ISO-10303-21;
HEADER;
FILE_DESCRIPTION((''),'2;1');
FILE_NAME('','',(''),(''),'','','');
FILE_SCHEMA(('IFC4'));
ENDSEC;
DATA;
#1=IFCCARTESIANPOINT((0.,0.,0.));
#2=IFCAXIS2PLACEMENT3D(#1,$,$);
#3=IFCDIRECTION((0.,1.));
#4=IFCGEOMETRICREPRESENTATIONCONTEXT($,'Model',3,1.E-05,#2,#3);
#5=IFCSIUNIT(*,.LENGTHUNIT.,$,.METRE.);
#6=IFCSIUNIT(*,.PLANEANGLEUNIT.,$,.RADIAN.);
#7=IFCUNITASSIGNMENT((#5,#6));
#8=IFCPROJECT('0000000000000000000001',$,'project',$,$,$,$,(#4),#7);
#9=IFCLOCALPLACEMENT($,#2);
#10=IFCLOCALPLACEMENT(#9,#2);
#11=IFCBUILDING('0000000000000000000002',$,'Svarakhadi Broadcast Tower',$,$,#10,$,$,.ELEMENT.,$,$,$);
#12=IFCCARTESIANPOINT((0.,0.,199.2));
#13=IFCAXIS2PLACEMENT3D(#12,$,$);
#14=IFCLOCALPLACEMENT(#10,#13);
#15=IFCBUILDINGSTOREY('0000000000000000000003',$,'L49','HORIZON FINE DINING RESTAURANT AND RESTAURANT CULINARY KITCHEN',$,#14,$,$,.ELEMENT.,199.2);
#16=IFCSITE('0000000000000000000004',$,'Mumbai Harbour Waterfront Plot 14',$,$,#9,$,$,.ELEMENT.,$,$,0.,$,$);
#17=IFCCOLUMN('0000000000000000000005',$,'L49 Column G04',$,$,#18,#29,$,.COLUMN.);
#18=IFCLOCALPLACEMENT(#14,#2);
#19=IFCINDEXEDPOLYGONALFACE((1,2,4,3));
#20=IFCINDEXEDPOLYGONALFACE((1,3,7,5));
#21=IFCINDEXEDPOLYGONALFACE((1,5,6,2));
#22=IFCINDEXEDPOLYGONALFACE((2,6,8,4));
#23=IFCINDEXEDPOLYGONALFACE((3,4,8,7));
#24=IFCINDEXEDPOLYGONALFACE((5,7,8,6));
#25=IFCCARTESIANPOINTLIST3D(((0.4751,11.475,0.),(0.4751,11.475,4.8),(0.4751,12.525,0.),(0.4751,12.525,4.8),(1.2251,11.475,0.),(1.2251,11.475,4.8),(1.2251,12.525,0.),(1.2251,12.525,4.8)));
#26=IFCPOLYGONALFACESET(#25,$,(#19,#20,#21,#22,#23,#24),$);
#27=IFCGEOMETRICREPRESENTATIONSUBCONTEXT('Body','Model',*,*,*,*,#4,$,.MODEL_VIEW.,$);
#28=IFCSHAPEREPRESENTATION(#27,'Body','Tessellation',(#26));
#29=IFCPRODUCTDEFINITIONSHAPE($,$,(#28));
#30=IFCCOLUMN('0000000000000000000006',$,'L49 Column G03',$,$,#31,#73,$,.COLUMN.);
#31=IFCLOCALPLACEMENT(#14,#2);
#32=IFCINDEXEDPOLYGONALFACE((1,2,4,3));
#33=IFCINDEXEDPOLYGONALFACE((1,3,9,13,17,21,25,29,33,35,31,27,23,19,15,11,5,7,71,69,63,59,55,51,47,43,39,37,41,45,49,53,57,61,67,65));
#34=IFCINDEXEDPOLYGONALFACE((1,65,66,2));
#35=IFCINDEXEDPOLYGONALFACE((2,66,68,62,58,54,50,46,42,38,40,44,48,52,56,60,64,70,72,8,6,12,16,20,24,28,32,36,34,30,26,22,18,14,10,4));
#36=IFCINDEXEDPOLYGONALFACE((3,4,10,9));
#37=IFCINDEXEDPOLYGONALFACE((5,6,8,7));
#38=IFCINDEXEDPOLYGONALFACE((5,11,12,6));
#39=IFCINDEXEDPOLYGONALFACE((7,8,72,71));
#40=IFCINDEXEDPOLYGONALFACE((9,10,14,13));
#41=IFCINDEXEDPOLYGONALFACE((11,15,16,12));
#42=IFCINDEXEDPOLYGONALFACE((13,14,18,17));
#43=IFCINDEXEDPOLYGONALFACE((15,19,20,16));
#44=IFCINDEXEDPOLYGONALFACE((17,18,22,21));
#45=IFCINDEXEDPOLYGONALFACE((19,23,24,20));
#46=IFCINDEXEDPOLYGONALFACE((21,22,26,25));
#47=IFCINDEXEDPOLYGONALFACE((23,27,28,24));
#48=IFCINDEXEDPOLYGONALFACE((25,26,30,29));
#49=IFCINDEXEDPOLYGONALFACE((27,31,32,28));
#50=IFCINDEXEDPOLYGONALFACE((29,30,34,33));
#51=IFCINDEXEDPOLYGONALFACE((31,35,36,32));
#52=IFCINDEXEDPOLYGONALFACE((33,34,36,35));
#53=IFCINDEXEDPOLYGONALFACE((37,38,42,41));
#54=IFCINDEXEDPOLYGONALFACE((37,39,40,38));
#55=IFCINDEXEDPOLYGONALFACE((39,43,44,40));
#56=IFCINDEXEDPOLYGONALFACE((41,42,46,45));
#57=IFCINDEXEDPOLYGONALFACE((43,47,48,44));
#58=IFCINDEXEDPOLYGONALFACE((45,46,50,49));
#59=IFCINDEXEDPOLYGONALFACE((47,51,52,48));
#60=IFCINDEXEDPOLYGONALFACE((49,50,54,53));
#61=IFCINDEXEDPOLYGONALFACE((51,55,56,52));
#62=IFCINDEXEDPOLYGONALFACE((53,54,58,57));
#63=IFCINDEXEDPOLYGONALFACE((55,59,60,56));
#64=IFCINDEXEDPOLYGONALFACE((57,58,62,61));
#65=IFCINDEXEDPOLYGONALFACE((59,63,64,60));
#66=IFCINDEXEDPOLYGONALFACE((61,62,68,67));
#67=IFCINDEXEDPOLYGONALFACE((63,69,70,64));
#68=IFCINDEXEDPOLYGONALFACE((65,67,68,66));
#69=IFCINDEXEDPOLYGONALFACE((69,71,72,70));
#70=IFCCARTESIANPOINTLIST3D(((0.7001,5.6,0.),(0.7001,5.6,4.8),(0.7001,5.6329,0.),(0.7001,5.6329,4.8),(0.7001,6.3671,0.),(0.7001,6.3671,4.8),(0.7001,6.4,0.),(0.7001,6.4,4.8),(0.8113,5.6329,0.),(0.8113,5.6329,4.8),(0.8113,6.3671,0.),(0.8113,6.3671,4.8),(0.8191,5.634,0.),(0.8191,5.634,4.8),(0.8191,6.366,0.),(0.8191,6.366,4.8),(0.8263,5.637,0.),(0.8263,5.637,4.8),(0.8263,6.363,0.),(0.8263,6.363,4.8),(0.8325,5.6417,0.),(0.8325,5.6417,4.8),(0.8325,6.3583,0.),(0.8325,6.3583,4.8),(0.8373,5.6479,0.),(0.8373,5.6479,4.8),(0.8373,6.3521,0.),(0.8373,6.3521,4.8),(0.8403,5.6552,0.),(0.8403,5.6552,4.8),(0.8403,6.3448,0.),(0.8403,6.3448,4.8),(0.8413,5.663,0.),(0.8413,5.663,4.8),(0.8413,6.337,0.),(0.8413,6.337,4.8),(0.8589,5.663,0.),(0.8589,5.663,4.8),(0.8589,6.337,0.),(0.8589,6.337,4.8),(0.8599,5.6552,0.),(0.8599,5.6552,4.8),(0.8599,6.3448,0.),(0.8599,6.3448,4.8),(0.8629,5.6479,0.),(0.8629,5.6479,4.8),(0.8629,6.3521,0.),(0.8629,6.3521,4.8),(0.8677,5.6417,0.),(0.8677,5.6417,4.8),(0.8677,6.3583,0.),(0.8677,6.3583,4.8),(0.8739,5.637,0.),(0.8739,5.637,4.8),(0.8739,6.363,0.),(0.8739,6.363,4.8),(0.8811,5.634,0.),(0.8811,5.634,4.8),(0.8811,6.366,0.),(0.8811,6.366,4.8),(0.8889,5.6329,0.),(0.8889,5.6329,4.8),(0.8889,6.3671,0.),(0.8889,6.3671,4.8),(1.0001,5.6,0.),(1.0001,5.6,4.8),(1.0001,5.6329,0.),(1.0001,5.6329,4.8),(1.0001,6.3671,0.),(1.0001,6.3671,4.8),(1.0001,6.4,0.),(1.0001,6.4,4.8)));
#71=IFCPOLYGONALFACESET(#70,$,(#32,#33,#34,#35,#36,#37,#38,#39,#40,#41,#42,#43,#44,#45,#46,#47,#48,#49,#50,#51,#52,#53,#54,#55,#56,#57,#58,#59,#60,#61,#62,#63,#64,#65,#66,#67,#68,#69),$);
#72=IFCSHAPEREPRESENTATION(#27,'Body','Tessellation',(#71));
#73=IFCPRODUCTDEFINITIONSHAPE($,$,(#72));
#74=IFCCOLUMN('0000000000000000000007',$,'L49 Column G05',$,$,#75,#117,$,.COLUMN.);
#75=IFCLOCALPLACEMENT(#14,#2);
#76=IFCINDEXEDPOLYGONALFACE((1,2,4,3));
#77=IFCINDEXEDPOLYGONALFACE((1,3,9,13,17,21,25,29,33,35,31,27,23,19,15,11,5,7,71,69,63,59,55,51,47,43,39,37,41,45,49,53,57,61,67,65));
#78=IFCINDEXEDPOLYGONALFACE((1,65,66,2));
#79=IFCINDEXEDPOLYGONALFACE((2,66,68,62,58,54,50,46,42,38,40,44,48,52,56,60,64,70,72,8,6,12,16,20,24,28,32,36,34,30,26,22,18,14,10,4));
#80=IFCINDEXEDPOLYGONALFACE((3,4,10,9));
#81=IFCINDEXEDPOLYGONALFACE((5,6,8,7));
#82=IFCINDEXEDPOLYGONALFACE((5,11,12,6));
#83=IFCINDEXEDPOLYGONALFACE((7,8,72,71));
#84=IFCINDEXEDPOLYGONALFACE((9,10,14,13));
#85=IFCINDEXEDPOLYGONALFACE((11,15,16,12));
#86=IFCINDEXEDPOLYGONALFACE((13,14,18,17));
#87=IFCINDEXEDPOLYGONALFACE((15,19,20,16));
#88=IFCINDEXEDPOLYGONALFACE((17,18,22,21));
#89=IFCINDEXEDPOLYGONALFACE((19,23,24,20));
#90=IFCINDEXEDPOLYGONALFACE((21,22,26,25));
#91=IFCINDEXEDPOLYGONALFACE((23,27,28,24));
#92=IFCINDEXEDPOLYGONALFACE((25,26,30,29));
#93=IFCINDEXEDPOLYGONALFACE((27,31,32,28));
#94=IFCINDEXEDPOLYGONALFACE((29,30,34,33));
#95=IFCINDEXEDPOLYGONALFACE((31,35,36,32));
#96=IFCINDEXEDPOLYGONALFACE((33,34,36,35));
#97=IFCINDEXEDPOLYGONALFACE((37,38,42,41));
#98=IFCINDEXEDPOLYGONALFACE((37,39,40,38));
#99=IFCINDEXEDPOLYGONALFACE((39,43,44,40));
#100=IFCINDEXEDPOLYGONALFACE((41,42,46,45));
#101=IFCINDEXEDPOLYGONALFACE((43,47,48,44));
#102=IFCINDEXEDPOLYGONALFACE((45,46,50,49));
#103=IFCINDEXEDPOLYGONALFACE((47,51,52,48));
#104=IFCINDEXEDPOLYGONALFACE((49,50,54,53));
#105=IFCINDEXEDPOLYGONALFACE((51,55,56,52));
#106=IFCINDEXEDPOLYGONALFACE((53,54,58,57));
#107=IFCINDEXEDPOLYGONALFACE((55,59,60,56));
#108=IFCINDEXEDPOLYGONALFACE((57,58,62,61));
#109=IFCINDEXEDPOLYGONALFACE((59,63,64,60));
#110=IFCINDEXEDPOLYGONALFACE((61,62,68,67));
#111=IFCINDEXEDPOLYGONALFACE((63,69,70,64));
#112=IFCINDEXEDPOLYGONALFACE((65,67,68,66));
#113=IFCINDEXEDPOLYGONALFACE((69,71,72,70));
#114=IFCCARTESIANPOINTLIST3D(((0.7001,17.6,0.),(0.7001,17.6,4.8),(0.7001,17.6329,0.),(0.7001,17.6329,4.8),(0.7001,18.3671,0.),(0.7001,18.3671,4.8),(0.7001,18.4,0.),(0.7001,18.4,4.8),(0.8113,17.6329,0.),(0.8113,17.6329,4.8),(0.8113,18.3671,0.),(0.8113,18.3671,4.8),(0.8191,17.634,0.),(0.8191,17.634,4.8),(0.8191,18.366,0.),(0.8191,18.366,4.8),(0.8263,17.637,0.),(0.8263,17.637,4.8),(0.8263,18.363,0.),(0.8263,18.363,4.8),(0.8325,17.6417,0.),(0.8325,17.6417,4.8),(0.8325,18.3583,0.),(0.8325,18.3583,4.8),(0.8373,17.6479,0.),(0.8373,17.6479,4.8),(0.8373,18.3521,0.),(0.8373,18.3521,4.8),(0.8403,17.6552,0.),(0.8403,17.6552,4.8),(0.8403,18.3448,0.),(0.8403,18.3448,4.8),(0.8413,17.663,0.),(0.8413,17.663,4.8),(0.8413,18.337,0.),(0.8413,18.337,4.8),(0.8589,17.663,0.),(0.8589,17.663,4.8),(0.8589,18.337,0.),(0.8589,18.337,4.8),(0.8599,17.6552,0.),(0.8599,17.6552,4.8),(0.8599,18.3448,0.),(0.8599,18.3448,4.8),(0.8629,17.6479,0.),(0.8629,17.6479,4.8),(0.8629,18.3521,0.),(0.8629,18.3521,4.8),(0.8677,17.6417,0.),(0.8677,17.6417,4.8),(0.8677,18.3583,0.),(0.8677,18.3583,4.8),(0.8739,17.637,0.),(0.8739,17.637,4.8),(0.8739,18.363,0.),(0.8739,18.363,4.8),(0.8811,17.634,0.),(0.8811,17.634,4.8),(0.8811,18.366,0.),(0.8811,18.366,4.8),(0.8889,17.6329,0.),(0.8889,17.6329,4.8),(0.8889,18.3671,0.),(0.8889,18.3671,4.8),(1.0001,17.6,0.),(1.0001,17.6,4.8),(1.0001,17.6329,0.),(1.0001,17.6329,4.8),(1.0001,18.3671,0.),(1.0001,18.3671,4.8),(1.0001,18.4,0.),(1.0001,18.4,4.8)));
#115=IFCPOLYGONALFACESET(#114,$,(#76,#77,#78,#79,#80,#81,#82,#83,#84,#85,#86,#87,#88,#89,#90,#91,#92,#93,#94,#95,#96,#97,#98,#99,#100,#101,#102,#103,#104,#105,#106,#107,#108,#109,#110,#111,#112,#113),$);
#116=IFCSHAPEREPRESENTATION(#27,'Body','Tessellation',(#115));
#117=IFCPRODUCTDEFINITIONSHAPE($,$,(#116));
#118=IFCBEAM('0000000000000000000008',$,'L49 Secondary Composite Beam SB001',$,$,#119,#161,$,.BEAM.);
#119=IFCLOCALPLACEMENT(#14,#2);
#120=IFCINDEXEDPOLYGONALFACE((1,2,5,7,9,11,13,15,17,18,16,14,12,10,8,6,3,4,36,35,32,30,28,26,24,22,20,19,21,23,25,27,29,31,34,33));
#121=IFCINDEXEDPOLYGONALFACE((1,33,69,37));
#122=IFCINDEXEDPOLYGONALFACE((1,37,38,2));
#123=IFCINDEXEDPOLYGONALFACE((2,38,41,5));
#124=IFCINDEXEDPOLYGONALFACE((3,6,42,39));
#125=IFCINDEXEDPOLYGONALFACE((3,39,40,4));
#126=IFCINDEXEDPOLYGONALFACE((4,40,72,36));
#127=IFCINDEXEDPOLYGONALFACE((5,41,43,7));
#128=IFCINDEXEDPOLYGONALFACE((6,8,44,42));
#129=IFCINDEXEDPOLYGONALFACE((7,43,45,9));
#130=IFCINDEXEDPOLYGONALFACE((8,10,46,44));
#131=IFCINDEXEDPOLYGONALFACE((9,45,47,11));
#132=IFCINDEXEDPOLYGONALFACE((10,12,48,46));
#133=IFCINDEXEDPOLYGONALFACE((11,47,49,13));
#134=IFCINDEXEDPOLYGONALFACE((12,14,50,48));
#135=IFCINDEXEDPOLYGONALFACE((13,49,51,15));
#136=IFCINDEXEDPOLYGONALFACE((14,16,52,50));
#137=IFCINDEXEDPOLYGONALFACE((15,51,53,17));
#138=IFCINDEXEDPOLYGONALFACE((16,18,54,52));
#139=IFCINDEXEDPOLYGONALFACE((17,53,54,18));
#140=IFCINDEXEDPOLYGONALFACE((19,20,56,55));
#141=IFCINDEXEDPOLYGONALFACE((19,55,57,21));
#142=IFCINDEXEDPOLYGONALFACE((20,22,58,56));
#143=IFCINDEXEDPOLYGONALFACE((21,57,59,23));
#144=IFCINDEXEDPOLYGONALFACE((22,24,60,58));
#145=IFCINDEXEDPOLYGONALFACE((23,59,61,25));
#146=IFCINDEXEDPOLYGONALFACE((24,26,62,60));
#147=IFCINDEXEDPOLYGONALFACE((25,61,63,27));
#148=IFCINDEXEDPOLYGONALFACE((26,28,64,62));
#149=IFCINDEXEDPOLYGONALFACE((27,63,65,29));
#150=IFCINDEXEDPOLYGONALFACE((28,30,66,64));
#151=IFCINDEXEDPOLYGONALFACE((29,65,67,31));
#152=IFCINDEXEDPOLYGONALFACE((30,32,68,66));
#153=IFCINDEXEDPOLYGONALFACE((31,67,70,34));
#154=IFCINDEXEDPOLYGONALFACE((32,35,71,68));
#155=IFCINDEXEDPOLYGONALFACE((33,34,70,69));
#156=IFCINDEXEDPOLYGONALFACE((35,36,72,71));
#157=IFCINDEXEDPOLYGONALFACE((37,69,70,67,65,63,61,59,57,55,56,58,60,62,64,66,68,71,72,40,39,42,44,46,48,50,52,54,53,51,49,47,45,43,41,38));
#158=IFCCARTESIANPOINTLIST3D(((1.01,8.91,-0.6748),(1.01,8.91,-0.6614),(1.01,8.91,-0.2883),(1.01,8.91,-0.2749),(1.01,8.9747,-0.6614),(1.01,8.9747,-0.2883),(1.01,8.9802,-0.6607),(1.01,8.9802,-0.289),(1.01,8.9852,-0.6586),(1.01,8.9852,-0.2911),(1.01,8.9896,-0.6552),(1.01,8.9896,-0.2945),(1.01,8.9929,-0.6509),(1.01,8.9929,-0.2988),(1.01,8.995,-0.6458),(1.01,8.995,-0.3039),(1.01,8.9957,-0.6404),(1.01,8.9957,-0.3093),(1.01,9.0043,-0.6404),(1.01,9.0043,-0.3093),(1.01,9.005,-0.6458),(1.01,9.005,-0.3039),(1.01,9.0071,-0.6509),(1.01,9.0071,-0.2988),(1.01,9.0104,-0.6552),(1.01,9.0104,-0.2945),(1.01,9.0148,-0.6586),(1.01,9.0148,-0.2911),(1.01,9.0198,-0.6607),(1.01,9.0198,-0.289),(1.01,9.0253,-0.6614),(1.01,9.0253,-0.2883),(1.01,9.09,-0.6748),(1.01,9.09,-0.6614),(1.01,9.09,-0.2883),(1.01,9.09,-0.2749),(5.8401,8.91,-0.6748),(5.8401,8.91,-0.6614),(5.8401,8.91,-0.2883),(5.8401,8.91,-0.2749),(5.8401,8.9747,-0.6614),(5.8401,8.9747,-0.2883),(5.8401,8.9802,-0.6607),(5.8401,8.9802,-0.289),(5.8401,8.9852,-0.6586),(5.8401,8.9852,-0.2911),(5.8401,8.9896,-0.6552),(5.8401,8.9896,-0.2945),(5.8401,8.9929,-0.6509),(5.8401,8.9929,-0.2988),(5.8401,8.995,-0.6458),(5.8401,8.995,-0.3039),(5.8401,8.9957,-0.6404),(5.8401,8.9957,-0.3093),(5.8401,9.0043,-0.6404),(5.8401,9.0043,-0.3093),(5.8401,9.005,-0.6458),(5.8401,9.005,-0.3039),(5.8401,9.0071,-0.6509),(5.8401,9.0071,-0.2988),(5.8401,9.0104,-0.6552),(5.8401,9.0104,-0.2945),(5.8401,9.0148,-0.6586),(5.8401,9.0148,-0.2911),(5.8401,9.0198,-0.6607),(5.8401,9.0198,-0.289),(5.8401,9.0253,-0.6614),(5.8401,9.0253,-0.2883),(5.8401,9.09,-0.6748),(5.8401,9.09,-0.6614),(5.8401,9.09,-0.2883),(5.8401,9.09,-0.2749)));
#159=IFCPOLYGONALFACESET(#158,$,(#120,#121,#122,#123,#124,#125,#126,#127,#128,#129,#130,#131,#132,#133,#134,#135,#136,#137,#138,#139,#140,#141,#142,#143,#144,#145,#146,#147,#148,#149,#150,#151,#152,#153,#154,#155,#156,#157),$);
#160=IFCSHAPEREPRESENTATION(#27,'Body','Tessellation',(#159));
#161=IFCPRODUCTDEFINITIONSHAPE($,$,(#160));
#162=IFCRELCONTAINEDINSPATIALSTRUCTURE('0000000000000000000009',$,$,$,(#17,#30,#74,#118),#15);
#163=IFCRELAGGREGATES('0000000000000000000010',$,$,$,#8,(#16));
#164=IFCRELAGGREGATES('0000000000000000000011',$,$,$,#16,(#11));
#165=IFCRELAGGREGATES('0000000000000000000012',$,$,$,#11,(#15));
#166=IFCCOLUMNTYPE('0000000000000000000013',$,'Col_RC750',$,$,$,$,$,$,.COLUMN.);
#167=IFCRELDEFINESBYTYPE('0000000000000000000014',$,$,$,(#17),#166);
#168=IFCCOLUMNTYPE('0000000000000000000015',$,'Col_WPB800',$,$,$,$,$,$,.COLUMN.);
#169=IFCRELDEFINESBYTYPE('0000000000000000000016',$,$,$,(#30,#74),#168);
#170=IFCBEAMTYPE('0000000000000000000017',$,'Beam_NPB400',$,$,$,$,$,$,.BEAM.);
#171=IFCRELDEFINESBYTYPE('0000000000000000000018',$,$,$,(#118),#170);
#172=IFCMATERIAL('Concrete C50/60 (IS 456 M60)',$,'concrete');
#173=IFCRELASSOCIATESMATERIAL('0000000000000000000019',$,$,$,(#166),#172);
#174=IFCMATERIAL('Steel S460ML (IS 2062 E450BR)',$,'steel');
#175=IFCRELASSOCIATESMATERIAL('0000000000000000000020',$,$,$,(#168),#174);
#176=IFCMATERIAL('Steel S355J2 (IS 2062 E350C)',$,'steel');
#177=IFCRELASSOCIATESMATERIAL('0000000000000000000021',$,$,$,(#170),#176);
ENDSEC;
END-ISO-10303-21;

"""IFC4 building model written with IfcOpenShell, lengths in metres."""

from ifc_helpers import new_model, si_unit, direction, frame, origin, origin_2d, place, context, subcontext, project, spatial, rectangle, i_section, extrude, material, material_profile, profile_set, type_object, element, save


model = new_model("IFC4")

# Units and contexts
model_context = context("Model", 3, precision=1e-05, world=origin(), true_north=direction((0.0, 1.0)))
body_context = subcontext(model_context, "Body", "Model", "MODEL_VIEW")
ifc_project = project(units=[si_unit("LENGTHUNIT", "METRE"), si_unit("PLANEANGLEUNIT", "RADIAN")], contexts=[model_context])

# Site, building, storey
site_placement = place(None, origin())
site = spatial("IfcSite", under=ifc_project, at=site_placement, Name="Mumbai Harbour Waterfront Plot 14", CompositionType="ELEMENT", RefElevation=0.0)
building_placement = place(site_placement, origin())
building = spatial("IfcBuilding", under=site, at=building_placement, Name="Svarakhadi Broadcast Tower", CompositionType="ELEMENT")
storey_placement = place(building_placement, frame((0.0, 0.0, 199.2)))
storey = spatial("IfcBuildingStorey", under=building, at=storey_placement, Name="L49", Description="HORIZON FINE DINING RESTAURANT AND RESTAURANT CULINARY KITCHEN", CompositionType="ELEMENT", Elevation=199.2)

# Columns
ifc_material_1 = material(Name="Concrete C50/60 (IS 456 M60)", Category="concrete")
ifc_material_profile_1 = material_profile(ifc_material_1, rectangle(XDim=0.75, YDim=1.05, at=origin_2d()), Name="RC 750x1050")
ifc_profile_set_1 = profile_set([ifc_material_profile_1], Name="Concrete C50/60 (IS 456 M60)")
column_type_1 = type_object("IfcColumnType", Name="Col_RC750", PredefinedType="COLUMN", material=ifc_profile_set_1)
column_placement = place(storey_placement, frame((0.8501, 12.0, 0.0), z_axis=(0.0, 0.0, 1.0), x_axis=(1.0, 0.0, 0.0)))
element("IfcColumn", 1, at=column_placement, inside=storey, type_object=column_type_1, Name="L49 Column G04", PredefinedType="COLUMN", context=body_context, shape_type="SweptSolid", body=[
    extrude(rectangle(XDim=0.75, YDim=1.05, at=origin_2d()), origin(), (0.0, 0.0, 1.0), 4.8),
])
ifc_material_2 = material(Name="Steel S460ML (IS 2062 E450BR)", Category="steel")
ifc_material_profile_2 = material_profile(ifc_material_2, i_section(OverallWidth=0.3, OverallDepth=0.8, WebThickness=0.0176, FlangeThickness=0.033, FilletRadius=0.03, at=origin_2d()), Name="WPB 800x300x262")
ifc_profile_set_2 = profile_set([ifc_material_profile_2], Name="Steel S460ML (IS 2062 E450BR)")
column_type_2 = type_object("IfcColumnType", Name="Col_WPB800", PredefinedType="COLUMN", material=ifc_profile_set_2)
for number, where, z_axis, x_axis, name in (
    (2, (0.8501, 6.0, 0.0), (0.0, 0.0, 1.0), (1.0, 0.0, 0.0), "L49 Column G03"),
    (3, (0.8501, 18.0, 0.0), (0.0, 0.0, 1.0), (1.0, 0.0, 0.0), "L49 Column G05"),
):
    element("IfcColumn", number, at=place(storey_placement, frame(where, z_axis=z_axis, x_axis=x_axis)), inside=storey, type_object=column_type_2, Name=name, PredefinedType="COLUMN", context=body_context, shape_type="SweptSolid", body=[
        extrude(i_section(OverallWidth=0.3, OverallDepth=0.8, WebThickness=0.0176, FlangeThickness=0.033, FilletRadius=0.03, at=origin_2d()), origin(), (0.0, 0.0, 1.0), 4.8),
    ])

# Beam
ifc_material_3 = material(Name="Steel S355J2 (IS 2062 E350C)", Category="steel")
ifc_material_profile_3 = material_profile(ifc_material_3, i_section(OverallWidth=0.1799, OverallDepth=0.3999, WebThickness=0.0085, FlangeThickness=0.0134, FilletRadius=0.021, at=origin_2d()), Name="NPB 400x180x66")
ifc_profile_set_3 = profile_set([ifc_material_profile_3], Name="Steel S355J2 (IS 2062 E350C)")
beam_type_1 = type_object("IfcBeamType", Name="Beam_NPB400", PredefinedType="BEAM", material=ifc_profile_set_3)
for number, where, z_axis, x_axis, name in (
    (4, (1.01, 9.0, -0.4749), (1.0, 0.0, 0.0), (0.0, 1.0, 0.0), "L49 Secondary Composite Beam SB001"),
):
    element("IfcBeam", number, at=place(storey_placement, frame(where, z_axis=z_axis, x_axis=x_axis)), inside=storey, type_object=beam_type_1, Name=name, PredefinedType="BEAM", context=body_context, shape_type="SweptSolid", body=[
        extrude(i_section(OverallWidth=0.1799, OverallDepth=0.3999, WebThickness=0.0085, FlangeThickness=0.0134, FilletRadius=0.021, at=origin_2d()), origin(), (0.0, 0.0, 1.0), 4.8301),
    ])

save(model, "model.ifc")
